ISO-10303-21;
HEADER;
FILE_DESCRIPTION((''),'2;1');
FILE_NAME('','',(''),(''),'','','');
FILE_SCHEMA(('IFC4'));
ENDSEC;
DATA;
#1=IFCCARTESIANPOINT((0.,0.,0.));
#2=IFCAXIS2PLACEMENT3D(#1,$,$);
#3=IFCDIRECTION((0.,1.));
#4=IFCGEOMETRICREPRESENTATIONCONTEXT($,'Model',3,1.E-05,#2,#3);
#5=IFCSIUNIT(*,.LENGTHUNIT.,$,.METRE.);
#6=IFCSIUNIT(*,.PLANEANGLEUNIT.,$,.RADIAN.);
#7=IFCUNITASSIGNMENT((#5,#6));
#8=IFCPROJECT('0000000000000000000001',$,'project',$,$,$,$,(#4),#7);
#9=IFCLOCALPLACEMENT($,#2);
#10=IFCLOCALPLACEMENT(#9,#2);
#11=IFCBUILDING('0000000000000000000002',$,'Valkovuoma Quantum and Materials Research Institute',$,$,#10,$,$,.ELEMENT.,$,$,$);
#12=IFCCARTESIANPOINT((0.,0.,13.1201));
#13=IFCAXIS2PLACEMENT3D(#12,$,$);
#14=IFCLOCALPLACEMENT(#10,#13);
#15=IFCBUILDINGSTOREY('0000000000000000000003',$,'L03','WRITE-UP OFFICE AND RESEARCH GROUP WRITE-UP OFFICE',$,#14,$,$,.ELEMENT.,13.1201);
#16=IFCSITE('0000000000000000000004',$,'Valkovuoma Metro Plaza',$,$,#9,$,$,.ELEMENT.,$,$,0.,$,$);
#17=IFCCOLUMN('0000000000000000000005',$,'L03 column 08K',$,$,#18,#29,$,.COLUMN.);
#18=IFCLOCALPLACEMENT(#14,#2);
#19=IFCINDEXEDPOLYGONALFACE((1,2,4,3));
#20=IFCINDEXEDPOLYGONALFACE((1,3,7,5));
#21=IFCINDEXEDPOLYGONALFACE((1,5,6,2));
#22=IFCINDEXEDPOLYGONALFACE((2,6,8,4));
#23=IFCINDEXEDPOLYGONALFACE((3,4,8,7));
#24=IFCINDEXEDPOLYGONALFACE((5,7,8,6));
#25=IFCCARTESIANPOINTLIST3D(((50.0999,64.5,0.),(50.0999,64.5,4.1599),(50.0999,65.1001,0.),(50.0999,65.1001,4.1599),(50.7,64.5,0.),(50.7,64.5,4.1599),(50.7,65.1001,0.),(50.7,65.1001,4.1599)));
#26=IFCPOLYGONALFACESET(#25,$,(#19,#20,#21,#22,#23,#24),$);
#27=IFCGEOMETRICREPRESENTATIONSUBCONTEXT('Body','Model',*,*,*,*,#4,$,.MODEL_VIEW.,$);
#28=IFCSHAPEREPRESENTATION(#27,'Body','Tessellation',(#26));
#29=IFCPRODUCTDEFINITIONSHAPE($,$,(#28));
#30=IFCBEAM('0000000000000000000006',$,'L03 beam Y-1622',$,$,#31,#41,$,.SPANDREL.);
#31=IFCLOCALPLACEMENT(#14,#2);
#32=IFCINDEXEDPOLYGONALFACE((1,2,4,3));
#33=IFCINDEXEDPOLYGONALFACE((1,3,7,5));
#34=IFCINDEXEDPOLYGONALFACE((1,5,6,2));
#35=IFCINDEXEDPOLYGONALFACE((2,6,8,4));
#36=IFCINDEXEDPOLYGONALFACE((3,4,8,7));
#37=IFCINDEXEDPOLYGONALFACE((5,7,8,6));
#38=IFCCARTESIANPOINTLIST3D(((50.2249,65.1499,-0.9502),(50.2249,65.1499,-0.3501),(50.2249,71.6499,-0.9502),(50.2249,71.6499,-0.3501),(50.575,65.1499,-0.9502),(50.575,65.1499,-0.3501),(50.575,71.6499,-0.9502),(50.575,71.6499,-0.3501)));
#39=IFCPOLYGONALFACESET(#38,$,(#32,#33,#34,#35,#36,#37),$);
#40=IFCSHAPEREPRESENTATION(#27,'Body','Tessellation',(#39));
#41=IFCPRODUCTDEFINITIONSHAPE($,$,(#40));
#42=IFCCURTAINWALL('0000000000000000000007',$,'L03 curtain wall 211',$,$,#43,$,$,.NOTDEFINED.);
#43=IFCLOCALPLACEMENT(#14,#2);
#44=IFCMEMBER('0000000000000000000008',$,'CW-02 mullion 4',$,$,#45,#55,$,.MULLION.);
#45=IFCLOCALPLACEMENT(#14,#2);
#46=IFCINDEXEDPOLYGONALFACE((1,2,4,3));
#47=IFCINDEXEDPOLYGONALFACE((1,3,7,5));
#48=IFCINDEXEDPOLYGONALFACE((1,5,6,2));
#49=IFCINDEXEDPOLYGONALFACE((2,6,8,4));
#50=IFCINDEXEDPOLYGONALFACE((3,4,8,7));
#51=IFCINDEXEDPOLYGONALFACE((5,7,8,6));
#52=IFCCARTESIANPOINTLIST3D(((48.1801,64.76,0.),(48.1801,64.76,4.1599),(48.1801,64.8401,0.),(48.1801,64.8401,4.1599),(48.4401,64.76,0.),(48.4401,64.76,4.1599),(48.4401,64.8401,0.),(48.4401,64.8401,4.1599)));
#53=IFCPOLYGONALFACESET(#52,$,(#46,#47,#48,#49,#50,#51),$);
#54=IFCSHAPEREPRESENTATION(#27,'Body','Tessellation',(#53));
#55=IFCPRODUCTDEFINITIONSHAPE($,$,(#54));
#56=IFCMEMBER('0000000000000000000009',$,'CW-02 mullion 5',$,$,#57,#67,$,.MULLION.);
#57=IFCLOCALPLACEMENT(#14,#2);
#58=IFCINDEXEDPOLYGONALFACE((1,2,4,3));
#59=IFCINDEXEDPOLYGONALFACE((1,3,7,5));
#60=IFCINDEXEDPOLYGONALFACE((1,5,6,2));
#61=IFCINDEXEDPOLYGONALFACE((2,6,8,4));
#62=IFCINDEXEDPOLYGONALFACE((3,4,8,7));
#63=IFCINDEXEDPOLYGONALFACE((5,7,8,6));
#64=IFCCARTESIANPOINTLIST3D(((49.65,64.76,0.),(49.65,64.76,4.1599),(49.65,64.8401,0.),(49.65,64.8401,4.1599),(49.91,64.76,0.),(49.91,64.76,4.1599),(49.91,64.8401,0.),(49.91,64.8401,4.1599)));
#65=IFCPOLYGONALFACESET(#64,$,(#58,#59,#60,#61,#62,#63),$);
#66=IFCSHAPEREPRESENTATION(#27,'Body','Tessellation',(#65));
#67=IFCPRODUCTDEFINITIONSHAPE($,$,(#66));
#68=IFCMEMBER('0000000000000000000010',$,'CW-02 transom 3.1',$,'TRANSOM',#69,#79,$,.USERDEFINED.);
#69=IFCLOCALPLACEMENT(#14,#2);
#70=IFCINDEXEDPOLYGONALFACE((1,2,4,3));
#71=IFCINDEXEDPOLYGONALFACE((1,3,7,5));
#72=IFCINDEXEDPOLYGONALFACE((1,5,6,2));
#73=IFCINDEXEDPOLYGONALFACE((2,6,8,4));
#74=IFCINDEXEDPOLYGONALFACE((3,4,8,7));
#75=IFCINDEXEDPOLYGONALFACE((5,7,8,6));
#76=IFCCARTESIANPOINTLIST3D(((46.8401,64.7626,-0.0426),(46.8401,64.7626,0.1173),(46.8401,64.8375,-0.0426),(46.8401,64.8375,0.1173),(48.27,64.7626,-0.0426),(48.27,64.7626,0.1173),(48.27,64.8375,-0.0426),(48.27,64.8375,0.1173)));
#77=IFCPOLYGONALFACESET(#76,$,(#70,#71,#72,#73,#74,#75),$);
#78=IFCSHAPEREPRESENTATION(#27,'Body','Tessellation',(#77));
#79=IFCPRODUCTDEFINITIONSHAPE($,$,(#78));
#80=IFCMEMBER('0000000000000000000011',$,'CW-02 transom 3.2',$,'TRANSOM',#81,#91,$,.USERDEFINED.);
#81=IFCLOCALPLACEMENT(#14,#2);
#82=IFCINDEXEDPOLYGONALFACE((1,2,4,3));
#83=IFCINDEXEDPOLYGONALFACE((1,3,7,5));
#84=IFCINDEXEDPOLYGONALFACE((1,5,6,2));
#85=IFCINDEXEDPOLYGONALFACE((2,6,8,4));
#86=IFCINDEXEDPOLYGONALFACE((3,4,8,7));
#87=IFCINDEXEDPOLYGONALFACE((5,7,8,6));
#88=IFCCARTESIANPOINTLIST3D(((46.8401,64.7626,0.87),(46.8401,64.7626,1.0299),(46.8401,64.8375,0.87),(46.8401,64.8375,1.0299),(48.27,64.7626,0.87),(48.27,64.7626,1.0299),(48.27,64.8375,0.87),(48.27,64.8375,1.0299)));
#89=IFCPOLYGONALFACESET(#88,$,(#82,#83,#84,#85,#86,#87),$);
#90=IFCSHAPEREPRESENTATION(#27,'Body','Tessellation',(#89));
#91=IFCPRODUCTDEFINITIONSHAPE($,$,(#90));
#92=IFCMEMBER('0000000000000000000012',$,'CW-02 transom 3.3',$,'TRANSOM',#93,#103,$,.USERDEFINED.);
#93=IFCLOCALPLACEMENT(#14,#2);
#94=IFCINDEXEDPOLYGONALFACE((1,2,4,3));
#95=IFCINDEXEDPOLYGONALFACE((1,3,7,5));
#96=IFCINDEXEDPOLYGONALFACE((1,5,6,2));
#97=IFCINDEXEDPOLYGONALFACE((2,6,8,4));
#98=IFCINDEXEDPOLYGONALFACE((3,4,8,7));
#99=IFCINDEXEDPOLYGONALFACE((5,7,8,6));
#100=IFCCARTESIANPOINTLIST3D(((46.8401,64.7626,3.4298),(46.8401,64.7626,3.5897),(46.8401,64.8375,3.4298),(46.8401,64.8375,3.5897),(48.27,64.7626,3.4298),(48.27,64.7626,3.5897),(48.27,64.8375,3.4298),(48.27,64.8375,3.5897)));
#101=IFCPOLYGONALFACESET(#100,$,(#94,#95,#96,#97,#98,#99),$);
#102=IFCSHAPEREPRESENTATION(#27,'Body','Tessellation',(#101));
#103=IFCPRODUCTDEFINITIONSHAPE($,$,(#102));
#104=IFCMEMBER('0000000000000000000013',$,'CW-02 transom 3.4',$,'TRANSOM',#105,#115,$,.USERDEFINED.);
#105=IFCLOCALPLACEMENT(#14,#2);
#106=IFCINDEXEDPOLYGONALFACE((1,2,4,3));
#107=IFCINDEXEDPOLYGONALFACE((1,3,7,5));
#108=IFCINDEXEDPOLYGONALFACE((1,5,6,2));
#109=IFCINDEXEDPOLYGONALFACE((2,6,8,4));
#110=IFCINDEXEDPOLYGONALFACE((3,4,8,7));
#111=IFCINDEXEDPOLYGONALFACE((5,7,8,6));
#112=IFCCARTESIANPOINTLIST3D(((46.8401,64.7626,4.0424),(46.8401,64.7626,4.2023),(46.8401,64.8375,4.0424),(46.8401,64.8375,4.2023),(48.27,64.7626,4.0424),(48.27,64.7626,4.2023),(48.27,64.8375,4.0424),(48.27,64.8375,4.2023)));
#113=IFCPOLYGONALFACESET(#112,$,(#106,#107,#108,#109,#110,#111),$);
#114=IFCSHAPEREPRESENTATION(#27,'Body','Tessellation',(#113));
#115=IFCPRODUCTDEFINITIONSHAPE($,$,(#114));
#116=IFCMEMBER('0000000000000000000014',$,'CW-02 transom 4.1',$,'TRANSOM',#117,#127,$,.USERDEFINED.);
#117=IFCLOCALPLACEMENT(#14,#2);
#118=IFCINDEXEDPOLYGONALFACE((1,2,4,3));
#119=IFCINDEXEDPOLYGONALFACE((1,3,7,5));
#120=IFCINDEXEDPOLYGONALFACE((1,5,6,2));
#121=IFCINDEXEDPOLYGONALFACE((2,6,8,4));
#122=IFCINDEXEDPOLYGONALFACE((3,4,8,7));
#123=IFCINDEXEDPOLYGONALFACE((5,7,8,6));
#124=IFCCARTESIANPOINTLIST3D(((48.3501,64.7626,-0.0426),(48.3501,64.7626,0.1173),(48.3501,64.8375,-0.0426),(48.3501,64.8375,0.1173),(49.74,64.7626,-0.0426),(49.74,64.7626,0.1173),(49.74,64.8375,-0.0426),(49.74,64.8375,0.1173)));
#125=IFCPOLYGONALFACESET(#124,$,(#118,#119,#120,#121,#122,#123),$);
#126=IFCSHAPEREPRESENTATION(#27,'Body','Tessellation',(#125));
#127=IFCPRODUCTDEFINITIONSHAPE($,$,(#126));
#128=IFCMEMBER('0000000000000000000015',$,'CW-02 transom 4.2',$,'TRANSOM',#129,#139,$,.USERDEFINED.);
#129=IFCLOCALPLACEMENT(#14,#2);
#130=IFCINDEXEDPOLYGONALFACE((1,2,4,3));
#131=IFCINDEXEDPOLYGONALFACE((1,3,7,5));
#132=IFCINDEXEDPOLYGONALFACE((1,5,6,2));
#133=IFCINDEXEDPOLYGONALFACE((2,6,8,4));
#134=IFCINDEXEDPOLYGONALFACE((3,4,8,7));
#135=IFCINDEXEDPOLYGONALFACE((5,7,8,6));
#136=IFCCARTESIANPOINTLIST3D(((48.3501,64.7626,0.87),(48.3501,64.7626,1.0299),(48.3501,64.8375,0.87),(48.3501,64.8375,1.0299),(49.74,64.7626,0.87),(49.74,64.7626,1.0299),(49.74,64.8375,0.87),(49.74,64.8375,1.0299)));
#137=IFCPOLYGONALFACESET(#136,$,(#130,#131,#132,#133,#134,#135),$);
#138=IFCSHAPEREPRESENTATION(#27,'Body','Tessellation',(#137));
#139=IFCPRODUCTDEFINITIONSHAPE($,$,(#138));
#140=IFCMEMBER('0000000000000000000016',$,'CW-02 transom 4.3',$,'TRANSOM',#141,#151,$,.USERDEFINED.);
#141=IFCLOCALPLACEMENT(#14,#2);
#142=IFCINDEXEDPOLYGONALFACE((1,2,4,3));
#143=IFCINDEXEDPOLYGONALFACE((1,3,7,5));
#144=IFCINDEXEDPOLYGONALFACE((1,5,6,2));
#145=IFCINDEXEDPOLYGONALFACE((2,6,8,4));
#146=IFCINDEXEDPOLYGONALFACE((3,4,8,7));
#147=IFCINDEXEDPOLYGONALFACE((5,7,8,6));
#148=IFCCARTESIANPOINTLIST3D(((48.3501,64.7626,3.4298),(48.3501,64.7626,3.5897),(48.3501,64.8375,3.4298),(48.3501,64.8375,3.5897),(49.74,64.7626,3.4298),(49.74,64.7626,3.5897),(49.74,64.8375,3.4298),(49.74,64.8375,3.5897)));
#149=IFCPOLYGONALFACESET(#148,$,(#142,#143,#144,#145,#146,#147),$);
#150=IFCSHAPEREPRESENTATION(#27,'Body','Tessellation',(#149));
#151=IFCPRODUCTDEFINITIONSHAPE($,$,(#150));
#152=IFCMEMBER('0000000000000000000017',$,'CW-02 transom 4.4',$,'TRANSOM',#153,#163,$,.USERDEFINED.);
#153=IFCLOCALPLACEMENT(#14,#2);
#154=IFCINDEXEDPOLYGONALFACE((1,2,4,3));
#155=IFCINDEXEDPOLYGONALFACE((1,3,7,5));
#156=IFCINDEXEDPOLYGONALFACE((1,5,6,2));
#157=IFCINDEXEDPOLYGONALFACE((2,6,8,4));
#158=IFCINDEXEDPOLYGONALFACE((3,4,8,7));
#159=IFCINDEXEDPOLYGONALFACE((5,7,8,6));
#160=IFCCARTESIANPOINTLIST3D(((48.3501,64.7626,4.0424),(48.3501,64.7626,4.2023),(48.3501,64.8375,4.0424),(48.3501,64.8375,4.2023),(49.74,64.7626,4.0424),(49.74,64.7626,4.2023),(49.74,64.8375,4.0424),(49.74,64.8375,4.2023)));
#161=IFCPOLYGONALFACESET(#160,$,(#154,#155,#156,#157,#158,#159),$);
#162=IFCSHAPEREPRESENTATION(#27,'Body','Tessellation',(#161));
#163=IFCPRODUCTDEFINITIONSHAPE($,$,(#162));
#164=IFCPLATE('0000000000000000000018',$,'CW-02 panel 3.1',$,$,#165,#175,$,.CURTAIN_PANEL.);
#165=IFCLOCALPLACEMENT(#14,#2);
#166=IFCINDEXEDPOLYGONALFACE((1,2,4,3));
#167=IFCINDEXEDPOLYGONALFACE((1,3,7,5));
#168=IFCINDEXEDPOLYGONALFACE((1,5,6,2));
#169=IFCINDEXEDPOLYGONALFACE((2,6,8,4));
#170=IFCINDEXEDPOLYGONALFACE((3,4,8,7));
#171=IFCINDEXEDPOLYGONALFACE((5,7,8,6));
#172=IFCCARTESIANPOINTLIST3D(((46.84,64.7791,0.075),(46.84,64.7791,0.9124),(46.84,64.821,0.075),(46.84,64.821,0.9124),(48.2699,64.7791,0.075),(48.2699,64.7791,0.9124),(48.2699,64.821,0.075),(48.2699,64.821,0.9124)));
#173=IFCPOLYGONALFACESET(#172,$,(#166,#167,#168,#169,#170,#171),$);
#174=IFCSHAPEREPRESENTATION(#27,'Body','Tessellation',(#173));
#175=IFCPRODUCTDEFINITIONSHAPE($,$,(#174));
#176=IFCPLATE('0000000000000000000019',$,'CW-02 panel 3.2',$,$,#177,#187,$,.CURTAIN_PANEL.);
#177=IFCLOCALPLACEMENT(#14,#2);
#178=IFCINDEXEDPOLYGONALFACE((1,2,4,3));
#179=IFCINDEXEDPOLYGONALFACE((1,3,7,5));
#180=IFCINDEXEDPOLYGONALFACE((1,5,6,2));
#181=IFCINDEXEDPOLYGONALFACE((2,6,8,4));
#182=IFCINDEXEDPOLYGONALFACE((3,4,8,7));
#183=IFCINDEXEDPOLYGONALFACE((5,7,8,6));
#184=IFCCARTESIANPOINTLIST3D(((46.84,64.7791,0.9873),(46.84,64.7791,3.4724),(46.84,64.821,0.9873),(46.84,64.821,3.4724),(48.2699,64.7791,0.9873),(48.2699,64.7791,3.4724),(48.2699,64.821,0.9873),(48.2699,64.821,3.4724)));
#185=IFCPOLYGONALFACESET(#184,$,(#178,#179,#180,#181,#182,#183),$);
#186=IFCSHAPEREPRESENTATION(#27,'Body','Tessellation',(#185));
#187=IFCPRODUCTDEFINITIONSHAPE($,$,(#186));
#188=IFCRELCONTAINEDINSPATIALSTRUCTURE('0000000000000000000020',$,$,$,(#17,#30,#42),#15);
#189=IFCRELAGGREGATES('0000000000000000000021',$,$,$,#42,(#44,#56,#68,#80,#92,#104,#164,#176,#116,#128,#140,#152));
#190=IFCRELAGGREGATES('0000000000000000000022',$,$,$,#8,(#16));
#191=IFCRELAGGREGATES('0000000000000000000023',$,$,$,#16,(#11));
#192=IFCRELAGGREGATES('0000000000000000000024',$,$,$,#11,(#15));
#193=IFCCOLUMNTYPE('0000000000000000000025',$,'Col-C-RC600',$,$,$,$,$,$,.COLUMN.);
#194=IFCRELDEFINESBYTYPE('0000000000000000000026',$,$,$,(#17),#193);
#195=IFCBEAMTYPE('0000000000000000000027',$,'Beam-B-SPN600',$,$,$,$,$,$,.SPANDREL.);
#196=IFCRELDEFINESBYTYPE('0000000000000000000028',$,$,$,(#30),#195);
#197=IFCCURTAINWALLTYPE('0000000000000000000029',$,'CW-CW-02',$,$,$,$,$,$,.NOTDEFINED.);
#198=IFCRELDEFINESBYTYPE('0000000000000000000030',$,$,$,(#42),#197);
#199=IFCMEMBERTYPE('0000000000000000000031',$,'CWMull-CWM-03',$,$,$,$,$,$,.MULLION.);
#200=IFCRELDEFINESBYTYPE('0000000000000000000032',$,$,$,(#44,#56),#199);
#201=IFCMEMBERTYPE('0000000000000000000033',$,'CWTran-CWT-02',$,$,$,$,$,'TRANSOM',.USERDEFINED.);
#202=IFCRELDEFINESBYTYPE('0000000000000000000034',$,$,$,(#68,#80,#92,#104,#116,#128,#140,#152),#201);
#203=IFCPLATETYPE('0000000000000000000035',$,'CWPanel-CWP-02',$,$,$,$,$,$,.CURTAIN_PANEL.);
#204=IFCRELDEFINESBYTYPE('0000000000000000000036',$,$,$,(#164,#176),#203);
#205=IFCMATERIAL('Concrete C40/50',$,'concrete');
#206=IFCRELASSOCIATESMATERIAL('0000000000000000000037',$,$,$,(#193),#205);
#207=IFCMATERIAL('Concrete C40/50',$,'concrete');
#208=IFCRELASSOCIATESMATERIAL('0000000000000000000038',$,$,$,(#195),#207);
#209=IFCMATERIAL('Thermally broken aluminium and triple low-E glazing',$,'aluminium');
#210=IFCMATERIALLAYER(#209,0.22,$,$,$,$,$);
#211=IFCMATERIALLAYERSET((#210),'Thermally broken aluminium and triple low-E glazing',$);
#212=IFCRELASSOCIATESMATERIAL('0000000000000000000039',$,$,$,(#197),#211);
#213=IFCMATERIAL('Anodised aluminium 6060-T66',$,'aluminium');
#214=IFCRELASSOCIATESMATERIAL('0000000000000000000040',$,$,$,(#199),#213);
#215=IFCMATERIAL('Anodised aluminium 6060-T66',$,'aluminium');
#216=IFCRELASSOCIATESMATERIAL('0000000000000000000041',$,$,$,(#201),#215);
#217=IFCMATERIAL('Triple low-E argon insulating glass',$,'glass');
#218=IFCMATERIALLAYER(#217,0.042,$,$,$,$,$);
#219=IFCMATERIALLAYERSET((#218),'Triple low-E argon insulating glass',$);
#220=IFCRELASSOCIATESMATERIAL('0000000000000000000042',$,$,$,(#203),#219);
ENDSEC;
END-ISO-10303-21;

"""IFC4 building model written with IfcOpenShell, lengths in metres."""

from ifc_helpers import new_model, si_unit, direction, frame, origin, origin_2d, place, context, subcontext, project, spatial, rectangle, extrude, material, layer, layer_set, material_profile, profile_set, type_object, element, aggregate, save


model = new_model("IFC4")

# Units and contexts
model_context = context("Model", 3, precision=1e-05, world=origin(), true_north=direction((0.0, 1.0)))
body_context = subcontext(model_context, "Body", "Model", "MODEL_VIEW")
ifc_project = project(units=[si_unit("LENGTHUNIT", "METRE"), si_unit("PLANEANGLEUNIT", "RADIAN")], contexts=[model_context])

# Site, building, storey
site_placement = place(None, origin())
site = spatial("IfcSite", under=ifc_project, at=site_placement, Name="Valkovuoma Metro Plaza", CompositionType="ELEMENT", RefElevation=0.0)
building_placement = place(site_placement, origin())
building = spatial("IfcBuilding", under=site, at=building_placement, Name="Valkovuoma Quantum and Materials Research Institute", CompositionType="ELEMENT")
storey_placement = place(building_placement, frame((0.0, 0.0, 13.1201)))
storey = spatial("IfcBuildingStorey", under=building, at=storey_placement, Name="L03", Description="WRITE-UP OFFICE AND RESEARCH GROUP WRITE-UP OFFICE", CompositionType="ELEMENT", Elevation=13.1201)

# Column
ifc_material_1 = material(Name="Concrete C40/50", Category="concrete")
ifc_material_profile_1 = material_profile(ifc_material_1, rectangle(XDim=0.6001, YDim=0.6001, at=origin_2d()), Name="Concrete C40/50")
ifc_profile_set_1 = profile_set([ifc_material_profile_1], Name="Concrete C40/50")
column_type = type_object("IfcColumnType", Name="Col-C-RC600", PredefinedType="COLUMN", material=ifc_profile_set_1)
column_placement = place(storey_placement, frame((50.3999, 64.8, 0.0), z_axis=(0.0, 0.0, 1.0), x_axis=(1.0, 0.0, 0.0)))
element("IfcColumn", 1, at=column_placement, inside=storey, type_object=column_type, Name="L03 column 08K", PredefinedType="COLUMN", context=body_context, shape_type="SweptSolid", body=[
    extrude(rectangle(XDim=0.6001, YDim=0.6001, at=origin_2d()), origin(), (0.0, 0.0, 1.0), 4.1599),
])

# Beam
ifc_material_2 = material(Name="Concrete C40/50", Category="concrete")
ifc_material_profile_2 = material_profile(ifc_material_2, rectangle(XDim=0.3501, YDim=0.6001, at=origin_2d()), Name="Concrete C40/50")
ifc_profile_set_2 = profile_set([ifc_material_profile_2], Name="Concrete C40/50")
beam_type = type_object("IfcBeamType", Name="Beam-B-SPN600", PredefinedType="SPANDREL", material=ifc_profile_set_2)
beam_placement = place(storey_placement, frame((50.3999, 65.1499, -0.6501), z_axis=(0.0, 1.0, 0.0), x_axis=(-1.0, 0.0, 0.0)))
element("IfcBeam", 2, at=beam_placement, inside=storey, type_object=beam_type, Name="L03 beam Y-1622", PredefinedType="SPANDREL", context=body_context, shape_type="SweptSolid", body=[
    extrude(rectangle(XDim=0.3501, YDim=0.6001, at=origin_2d()), origin(), (0.0, 0.0, 1.0), 6.5),
])

# Curtain wall, members, plates
ifc_material_3 = material(Name="Thermally broken aluminium and triple low-E glazing", Category="aluminium")
ifc_layer_1 = layer(ifc_material_3, 0.22)
ifc_layer_set_1 = layer_set([ifc_layer_1], Name="Thermally broken aluminium and triple low-E glazing")
curtain_wall_type = type_object("IfcCurtainWallType", Name="CW-CW-02", PredefinedType="NOTDEFINED", material=ifc_layer_set_1)
curtain_wall_placement = place(storey_placement, origin())
curtain_wall = element("IfcCurtainWall", 3, at=curtain_wall_placement, inside=storey, type_object=curtain_wall_type, Name="L03 curtain wall 211", PredefinedType="NOTDEFINED")
ifc_material_4 = material(Name="Anodised aluminium 6060-T66", Category="aluminium")
ifc_material_profile_3 = material_profile(ifc_material_4, rectangle(XDim=0.0801, YDim=0.26, at=origin_2d()), Name="Anodised aluminium 6060-T66")
ifc_profile_set_3 = profile_set([ifc_material_profile_3], Name="Anodised aluminium 6060-T66")
member_type_1 = type_object("IfcMemberType", Name="CWMull-CWM-03", PredefinedType="MULLION", material=ifc_profile_set_3)
member_1_placement = place(storey_placement, frame((48.3101, 64.8, 0.0), z_axis=(0.0, 0.0, 1.0), x_axis=(0.0, 1.0, 0.0)))
member_1 = element("IfcMember", 4, at=member_1_placement, type_object=member_type_1, Name="CW-02 mullion 4", PredefinedType="MULLION", context=body_context, shape_type="SweptSolid", body=[
    extrude(rectangle(XDim=0.0801, YDim=0.26, at=origin_2d()), origin(), (0.0, 0.0, 1.0), 4.1599),
])
member_2_placement = place(storey_placement, frame((49.78, 64.8, 0.0), z_axis=(0.0, 0.0, 1.0), x_axis=(0.0, 1.0, 0.0)))
member_2 = element("IfcMember", 5, at=member_2_placement, type_object=member_type_1, Name="CW-02 mullion 5", PredefinedType="MULLION", context=body_context, shape_type="SweptSolid", body=[
    extrude(rectangle(XDim=0.0801, YDim=0.26, at=origin_2d()), origin(), (0.0, 0.0, 1.0), 4.1599),
])
ifc_material_5 = material(Name="Anodised aluminium 6060-T66", Category="aluminium")
ifc_material_profile_4 = material_profile(ifc_material_5, rectangle(XDim=0.075, YDim=0.1599, at=origin_2d()), Name="Anodised aluminium 6060-T66")
ifc_profile_set_4 = profile_set([ifc_material_profile_4], Name="Anodised aluminium 6060-T66")
member_type_2 = type_object("IfcMemberType", Name="CWTran-CWT-02", ElementType="TRANSOM", PredefinedType="USERDEFINED", material=ifc_profile_set_4)
member_3_placement = place(storey_placement, frame((46.8401, 64.8, 0.0374), z_axis=(1.0, 0.0, 0.0), x_axis=(0.0, 1.0, 0.0)))
member_3 = element("IfcMember", 6, at=member_3_placement, type_object=member_type_2, Name="CW-02 transom 3.1", ObjectType="TRANSOM", PredefinedType="USERDEFINED", context=body_context, shape_type="SweptSolid", body=[
    extrude(rectangle(XDim=0.075, YDim=0.1599, at=origin_2d()), origin(), (0.0, 0.0, 1.0), 1.4299),
])
member_4_placement = place(storey_placement, frame((46.8401, 64.8, 0.95), z_axis=(1.0, 0.0, 0.0), x_axis=(0.0, 1.0, 0.0)))
member_4 = element("IfcMember", 7, at=member_4_placement, type_object=member_type_2, Name="CW-02 transom 3.2", ObjectType="TRANSOM", PredefinedType="USERDEFINED", context=body_context, shape_type="SweptSolid", body=[
    extrude(rectangle(XDim=0.075, YDim=0.1599, at=origin_2d()), origin(), (0.0, 0.0, 1.0), 1.4299),
])
member_5_placement = place(storey_placement, frame((46.8401, 64.8, 3.5098), z_axis=(1.0, 0.0, 0.0), x_axis=(0.0, 1.0, 0.0)))
member_5 = element("IfcMember", 8, at=member_5_placement, type_object=member_type_2, Name="CW-02 transom 3.3", ObjectType="TRANSOM", PredefinedType="USERDEFINED", context=body_context, shape_type="SweptSolid", body=[
    extrude(rectangle(XDim=0.075, YDim=0.1599, at=origin_2d()), origin(), (0.0, 0.0, 1.0), 1.4299),
])
member_6_placement = place(storey_placement, frame((46.8401, 64.8, 4.1223), z_axis=(1.0, 0.0, 0.0), x_axis=(0.0, 1.0, 0.0)))
member_6 = element("IfcMember", 9, at=member_6_placement, type_object=member_type_2, Name="CW-02 transom 3.4", ObjectType="TRANSOM", PredefinedType="USERDEFINED", context=body_context, shape_type="SweptSolid", body=[
    extrude(rectangle(XDim=0.075, YDim=0.1599, at=origin_2d()), origin(), (0.0, 0.0, 1.0), 1.4299),
])
member_7_placement = place(storey_placement, frame((48.3501, 64.8, 0.0374), z_axis=(1.0, 0.0, 0.0), x_axis=(0.0, 1.0, 0.0)))
member_7 = element("IfcMember", 10, at=member_7_placement, type_object=member_type_2, Name="CW-02 transom 4.1", ObjectType="TRANSOM", PredefinedType="USERDEFINED", context=body_context, shape_type="SweptSolid", body=[
    extrude(rectangle(XDim=0.075, YDim=0.1599, at=origin_2d()), origin(), (0.0, 0.0, 1.0), 1.3899),
])
member_8_placement = place(storey_placement, frame((48.3501, 64.8, 0.95), z_axis=(1.0, 0.0, 0.0), x_axis=(0.0, 1.0, 0.0)))
member_8 = element("IfcMember", 11, at=member_8_placement, type_object=member_type_2, Name="CW-02 transom 4.2", ObjectType="TRANSOM", PredefinedType="USERDEFINED", context=body_context, shape_type="SweptSolid", body=[
    extrude(rectangle(XDim=0.075, YDim=0.1599, at=origin_2d()), origin(), (0.0, 0.0, 1.0), 1.3899),
])
member_9_placement = place(storey_placement, frame((48.3501, 64.8, 3.5098), z_axis=(1.0, 0.0, 0.0), x_axis=(0.0, 1.0, 0.0)))
member_9 = element("IfcMember", 12, at=member_9_placement, type_object=member_type_2, Name="CW-02 transom 4.3", ObjectType="TRANSOM", PredefinedType="USERDEFINED", context=body_context, shape_type="SweptSolid", body=[
    extrude(rectangle(XDim=0.075, YDim=0.1599, at=origin_2d()), origin(), (0.0, 0.0, 1.0), 1.3899),
])
member_10_placement = place(storey_placement, frame((48.3501, 64.8, 4.1223), z_axis=(1.0, 0.0, 0.0), x_axis=(0.0, 1.0, 0.0)))
member_10 = element("IfcMember", 13, at=member_10_placement, type_object=member_type_2, Name="CW-02 transom 4.4", ObjectType="TRANSOM", PredefinedType="USERDEFINED", context=body_context, shape_type="SweptSolid", body=[
    extrude(rectangle(XDim=0.075, YDim=0.1599, at=origin_2d()), origin(), (0.0, 0.0, 1.0), 1.3899),
])
ifc_material_6 = material(Name="Triple low-E argon insulating glass", Category="glass")
ifc_layer_2 = layer(ifc_material_6, 0.042)
ifc_layer_set_2 = layer_set([ifc_layer_2], Name="Triple low-E argon insulating glass")
plate_type = type_object("IfcPlateType", Name="CWPanel-CWP-02", PredefinedType="CURTAIN_PANEL", material=ifc_layer_set_2)
plate_1_placement = place(storey_placement, frame((47.5549, 64.8, 0.075), z_axis=(0.0, 0.0, 1.0), x_axis=(1.0, 0.0, 0.0)))
plate_1 = element("IfcPlate", 14, at=plate_1_placement, type_object=plate_type, Name="CW-02 panel 3.1", PredefinedType="CURTAIN_PANEL", context=body_context, shape_type="SweptSolid", body=[
    extrude(rectangle(XDim=1.4299, YDim=0.042, at=origin_2d()), origin(), (0.0, 0.0, 1.0), 0.8374),
])
plate_2_placement = place(storey_placement, frame((47.5549, 64.8, 0.9873), z_axis=(0.0, 0.0, 1.0), x_axis=(1.0, 0.0, 0.0)))
plate_2 = element("IfcPlate", 15, at=plate_2_placement, type_object=plate_type, Name="CW-02 panel 3.2", PredefinedType="CURTAIN_PANEL", context=body_context, shape_type="SweptSolid", body=[
    extrude(rectangle(XDim=1.4299, YDim=0.042, at=origin_2d()), origin(), (0.0, 0.0, 1.0), 2.4851),
])
aggregate(curtain_wall, [member_1, member_2, member_3, member_4, member_5, member_6, plate_1, plate_2, member_7, member_8, member_9, member_10])

save(model, "model.ifc")
